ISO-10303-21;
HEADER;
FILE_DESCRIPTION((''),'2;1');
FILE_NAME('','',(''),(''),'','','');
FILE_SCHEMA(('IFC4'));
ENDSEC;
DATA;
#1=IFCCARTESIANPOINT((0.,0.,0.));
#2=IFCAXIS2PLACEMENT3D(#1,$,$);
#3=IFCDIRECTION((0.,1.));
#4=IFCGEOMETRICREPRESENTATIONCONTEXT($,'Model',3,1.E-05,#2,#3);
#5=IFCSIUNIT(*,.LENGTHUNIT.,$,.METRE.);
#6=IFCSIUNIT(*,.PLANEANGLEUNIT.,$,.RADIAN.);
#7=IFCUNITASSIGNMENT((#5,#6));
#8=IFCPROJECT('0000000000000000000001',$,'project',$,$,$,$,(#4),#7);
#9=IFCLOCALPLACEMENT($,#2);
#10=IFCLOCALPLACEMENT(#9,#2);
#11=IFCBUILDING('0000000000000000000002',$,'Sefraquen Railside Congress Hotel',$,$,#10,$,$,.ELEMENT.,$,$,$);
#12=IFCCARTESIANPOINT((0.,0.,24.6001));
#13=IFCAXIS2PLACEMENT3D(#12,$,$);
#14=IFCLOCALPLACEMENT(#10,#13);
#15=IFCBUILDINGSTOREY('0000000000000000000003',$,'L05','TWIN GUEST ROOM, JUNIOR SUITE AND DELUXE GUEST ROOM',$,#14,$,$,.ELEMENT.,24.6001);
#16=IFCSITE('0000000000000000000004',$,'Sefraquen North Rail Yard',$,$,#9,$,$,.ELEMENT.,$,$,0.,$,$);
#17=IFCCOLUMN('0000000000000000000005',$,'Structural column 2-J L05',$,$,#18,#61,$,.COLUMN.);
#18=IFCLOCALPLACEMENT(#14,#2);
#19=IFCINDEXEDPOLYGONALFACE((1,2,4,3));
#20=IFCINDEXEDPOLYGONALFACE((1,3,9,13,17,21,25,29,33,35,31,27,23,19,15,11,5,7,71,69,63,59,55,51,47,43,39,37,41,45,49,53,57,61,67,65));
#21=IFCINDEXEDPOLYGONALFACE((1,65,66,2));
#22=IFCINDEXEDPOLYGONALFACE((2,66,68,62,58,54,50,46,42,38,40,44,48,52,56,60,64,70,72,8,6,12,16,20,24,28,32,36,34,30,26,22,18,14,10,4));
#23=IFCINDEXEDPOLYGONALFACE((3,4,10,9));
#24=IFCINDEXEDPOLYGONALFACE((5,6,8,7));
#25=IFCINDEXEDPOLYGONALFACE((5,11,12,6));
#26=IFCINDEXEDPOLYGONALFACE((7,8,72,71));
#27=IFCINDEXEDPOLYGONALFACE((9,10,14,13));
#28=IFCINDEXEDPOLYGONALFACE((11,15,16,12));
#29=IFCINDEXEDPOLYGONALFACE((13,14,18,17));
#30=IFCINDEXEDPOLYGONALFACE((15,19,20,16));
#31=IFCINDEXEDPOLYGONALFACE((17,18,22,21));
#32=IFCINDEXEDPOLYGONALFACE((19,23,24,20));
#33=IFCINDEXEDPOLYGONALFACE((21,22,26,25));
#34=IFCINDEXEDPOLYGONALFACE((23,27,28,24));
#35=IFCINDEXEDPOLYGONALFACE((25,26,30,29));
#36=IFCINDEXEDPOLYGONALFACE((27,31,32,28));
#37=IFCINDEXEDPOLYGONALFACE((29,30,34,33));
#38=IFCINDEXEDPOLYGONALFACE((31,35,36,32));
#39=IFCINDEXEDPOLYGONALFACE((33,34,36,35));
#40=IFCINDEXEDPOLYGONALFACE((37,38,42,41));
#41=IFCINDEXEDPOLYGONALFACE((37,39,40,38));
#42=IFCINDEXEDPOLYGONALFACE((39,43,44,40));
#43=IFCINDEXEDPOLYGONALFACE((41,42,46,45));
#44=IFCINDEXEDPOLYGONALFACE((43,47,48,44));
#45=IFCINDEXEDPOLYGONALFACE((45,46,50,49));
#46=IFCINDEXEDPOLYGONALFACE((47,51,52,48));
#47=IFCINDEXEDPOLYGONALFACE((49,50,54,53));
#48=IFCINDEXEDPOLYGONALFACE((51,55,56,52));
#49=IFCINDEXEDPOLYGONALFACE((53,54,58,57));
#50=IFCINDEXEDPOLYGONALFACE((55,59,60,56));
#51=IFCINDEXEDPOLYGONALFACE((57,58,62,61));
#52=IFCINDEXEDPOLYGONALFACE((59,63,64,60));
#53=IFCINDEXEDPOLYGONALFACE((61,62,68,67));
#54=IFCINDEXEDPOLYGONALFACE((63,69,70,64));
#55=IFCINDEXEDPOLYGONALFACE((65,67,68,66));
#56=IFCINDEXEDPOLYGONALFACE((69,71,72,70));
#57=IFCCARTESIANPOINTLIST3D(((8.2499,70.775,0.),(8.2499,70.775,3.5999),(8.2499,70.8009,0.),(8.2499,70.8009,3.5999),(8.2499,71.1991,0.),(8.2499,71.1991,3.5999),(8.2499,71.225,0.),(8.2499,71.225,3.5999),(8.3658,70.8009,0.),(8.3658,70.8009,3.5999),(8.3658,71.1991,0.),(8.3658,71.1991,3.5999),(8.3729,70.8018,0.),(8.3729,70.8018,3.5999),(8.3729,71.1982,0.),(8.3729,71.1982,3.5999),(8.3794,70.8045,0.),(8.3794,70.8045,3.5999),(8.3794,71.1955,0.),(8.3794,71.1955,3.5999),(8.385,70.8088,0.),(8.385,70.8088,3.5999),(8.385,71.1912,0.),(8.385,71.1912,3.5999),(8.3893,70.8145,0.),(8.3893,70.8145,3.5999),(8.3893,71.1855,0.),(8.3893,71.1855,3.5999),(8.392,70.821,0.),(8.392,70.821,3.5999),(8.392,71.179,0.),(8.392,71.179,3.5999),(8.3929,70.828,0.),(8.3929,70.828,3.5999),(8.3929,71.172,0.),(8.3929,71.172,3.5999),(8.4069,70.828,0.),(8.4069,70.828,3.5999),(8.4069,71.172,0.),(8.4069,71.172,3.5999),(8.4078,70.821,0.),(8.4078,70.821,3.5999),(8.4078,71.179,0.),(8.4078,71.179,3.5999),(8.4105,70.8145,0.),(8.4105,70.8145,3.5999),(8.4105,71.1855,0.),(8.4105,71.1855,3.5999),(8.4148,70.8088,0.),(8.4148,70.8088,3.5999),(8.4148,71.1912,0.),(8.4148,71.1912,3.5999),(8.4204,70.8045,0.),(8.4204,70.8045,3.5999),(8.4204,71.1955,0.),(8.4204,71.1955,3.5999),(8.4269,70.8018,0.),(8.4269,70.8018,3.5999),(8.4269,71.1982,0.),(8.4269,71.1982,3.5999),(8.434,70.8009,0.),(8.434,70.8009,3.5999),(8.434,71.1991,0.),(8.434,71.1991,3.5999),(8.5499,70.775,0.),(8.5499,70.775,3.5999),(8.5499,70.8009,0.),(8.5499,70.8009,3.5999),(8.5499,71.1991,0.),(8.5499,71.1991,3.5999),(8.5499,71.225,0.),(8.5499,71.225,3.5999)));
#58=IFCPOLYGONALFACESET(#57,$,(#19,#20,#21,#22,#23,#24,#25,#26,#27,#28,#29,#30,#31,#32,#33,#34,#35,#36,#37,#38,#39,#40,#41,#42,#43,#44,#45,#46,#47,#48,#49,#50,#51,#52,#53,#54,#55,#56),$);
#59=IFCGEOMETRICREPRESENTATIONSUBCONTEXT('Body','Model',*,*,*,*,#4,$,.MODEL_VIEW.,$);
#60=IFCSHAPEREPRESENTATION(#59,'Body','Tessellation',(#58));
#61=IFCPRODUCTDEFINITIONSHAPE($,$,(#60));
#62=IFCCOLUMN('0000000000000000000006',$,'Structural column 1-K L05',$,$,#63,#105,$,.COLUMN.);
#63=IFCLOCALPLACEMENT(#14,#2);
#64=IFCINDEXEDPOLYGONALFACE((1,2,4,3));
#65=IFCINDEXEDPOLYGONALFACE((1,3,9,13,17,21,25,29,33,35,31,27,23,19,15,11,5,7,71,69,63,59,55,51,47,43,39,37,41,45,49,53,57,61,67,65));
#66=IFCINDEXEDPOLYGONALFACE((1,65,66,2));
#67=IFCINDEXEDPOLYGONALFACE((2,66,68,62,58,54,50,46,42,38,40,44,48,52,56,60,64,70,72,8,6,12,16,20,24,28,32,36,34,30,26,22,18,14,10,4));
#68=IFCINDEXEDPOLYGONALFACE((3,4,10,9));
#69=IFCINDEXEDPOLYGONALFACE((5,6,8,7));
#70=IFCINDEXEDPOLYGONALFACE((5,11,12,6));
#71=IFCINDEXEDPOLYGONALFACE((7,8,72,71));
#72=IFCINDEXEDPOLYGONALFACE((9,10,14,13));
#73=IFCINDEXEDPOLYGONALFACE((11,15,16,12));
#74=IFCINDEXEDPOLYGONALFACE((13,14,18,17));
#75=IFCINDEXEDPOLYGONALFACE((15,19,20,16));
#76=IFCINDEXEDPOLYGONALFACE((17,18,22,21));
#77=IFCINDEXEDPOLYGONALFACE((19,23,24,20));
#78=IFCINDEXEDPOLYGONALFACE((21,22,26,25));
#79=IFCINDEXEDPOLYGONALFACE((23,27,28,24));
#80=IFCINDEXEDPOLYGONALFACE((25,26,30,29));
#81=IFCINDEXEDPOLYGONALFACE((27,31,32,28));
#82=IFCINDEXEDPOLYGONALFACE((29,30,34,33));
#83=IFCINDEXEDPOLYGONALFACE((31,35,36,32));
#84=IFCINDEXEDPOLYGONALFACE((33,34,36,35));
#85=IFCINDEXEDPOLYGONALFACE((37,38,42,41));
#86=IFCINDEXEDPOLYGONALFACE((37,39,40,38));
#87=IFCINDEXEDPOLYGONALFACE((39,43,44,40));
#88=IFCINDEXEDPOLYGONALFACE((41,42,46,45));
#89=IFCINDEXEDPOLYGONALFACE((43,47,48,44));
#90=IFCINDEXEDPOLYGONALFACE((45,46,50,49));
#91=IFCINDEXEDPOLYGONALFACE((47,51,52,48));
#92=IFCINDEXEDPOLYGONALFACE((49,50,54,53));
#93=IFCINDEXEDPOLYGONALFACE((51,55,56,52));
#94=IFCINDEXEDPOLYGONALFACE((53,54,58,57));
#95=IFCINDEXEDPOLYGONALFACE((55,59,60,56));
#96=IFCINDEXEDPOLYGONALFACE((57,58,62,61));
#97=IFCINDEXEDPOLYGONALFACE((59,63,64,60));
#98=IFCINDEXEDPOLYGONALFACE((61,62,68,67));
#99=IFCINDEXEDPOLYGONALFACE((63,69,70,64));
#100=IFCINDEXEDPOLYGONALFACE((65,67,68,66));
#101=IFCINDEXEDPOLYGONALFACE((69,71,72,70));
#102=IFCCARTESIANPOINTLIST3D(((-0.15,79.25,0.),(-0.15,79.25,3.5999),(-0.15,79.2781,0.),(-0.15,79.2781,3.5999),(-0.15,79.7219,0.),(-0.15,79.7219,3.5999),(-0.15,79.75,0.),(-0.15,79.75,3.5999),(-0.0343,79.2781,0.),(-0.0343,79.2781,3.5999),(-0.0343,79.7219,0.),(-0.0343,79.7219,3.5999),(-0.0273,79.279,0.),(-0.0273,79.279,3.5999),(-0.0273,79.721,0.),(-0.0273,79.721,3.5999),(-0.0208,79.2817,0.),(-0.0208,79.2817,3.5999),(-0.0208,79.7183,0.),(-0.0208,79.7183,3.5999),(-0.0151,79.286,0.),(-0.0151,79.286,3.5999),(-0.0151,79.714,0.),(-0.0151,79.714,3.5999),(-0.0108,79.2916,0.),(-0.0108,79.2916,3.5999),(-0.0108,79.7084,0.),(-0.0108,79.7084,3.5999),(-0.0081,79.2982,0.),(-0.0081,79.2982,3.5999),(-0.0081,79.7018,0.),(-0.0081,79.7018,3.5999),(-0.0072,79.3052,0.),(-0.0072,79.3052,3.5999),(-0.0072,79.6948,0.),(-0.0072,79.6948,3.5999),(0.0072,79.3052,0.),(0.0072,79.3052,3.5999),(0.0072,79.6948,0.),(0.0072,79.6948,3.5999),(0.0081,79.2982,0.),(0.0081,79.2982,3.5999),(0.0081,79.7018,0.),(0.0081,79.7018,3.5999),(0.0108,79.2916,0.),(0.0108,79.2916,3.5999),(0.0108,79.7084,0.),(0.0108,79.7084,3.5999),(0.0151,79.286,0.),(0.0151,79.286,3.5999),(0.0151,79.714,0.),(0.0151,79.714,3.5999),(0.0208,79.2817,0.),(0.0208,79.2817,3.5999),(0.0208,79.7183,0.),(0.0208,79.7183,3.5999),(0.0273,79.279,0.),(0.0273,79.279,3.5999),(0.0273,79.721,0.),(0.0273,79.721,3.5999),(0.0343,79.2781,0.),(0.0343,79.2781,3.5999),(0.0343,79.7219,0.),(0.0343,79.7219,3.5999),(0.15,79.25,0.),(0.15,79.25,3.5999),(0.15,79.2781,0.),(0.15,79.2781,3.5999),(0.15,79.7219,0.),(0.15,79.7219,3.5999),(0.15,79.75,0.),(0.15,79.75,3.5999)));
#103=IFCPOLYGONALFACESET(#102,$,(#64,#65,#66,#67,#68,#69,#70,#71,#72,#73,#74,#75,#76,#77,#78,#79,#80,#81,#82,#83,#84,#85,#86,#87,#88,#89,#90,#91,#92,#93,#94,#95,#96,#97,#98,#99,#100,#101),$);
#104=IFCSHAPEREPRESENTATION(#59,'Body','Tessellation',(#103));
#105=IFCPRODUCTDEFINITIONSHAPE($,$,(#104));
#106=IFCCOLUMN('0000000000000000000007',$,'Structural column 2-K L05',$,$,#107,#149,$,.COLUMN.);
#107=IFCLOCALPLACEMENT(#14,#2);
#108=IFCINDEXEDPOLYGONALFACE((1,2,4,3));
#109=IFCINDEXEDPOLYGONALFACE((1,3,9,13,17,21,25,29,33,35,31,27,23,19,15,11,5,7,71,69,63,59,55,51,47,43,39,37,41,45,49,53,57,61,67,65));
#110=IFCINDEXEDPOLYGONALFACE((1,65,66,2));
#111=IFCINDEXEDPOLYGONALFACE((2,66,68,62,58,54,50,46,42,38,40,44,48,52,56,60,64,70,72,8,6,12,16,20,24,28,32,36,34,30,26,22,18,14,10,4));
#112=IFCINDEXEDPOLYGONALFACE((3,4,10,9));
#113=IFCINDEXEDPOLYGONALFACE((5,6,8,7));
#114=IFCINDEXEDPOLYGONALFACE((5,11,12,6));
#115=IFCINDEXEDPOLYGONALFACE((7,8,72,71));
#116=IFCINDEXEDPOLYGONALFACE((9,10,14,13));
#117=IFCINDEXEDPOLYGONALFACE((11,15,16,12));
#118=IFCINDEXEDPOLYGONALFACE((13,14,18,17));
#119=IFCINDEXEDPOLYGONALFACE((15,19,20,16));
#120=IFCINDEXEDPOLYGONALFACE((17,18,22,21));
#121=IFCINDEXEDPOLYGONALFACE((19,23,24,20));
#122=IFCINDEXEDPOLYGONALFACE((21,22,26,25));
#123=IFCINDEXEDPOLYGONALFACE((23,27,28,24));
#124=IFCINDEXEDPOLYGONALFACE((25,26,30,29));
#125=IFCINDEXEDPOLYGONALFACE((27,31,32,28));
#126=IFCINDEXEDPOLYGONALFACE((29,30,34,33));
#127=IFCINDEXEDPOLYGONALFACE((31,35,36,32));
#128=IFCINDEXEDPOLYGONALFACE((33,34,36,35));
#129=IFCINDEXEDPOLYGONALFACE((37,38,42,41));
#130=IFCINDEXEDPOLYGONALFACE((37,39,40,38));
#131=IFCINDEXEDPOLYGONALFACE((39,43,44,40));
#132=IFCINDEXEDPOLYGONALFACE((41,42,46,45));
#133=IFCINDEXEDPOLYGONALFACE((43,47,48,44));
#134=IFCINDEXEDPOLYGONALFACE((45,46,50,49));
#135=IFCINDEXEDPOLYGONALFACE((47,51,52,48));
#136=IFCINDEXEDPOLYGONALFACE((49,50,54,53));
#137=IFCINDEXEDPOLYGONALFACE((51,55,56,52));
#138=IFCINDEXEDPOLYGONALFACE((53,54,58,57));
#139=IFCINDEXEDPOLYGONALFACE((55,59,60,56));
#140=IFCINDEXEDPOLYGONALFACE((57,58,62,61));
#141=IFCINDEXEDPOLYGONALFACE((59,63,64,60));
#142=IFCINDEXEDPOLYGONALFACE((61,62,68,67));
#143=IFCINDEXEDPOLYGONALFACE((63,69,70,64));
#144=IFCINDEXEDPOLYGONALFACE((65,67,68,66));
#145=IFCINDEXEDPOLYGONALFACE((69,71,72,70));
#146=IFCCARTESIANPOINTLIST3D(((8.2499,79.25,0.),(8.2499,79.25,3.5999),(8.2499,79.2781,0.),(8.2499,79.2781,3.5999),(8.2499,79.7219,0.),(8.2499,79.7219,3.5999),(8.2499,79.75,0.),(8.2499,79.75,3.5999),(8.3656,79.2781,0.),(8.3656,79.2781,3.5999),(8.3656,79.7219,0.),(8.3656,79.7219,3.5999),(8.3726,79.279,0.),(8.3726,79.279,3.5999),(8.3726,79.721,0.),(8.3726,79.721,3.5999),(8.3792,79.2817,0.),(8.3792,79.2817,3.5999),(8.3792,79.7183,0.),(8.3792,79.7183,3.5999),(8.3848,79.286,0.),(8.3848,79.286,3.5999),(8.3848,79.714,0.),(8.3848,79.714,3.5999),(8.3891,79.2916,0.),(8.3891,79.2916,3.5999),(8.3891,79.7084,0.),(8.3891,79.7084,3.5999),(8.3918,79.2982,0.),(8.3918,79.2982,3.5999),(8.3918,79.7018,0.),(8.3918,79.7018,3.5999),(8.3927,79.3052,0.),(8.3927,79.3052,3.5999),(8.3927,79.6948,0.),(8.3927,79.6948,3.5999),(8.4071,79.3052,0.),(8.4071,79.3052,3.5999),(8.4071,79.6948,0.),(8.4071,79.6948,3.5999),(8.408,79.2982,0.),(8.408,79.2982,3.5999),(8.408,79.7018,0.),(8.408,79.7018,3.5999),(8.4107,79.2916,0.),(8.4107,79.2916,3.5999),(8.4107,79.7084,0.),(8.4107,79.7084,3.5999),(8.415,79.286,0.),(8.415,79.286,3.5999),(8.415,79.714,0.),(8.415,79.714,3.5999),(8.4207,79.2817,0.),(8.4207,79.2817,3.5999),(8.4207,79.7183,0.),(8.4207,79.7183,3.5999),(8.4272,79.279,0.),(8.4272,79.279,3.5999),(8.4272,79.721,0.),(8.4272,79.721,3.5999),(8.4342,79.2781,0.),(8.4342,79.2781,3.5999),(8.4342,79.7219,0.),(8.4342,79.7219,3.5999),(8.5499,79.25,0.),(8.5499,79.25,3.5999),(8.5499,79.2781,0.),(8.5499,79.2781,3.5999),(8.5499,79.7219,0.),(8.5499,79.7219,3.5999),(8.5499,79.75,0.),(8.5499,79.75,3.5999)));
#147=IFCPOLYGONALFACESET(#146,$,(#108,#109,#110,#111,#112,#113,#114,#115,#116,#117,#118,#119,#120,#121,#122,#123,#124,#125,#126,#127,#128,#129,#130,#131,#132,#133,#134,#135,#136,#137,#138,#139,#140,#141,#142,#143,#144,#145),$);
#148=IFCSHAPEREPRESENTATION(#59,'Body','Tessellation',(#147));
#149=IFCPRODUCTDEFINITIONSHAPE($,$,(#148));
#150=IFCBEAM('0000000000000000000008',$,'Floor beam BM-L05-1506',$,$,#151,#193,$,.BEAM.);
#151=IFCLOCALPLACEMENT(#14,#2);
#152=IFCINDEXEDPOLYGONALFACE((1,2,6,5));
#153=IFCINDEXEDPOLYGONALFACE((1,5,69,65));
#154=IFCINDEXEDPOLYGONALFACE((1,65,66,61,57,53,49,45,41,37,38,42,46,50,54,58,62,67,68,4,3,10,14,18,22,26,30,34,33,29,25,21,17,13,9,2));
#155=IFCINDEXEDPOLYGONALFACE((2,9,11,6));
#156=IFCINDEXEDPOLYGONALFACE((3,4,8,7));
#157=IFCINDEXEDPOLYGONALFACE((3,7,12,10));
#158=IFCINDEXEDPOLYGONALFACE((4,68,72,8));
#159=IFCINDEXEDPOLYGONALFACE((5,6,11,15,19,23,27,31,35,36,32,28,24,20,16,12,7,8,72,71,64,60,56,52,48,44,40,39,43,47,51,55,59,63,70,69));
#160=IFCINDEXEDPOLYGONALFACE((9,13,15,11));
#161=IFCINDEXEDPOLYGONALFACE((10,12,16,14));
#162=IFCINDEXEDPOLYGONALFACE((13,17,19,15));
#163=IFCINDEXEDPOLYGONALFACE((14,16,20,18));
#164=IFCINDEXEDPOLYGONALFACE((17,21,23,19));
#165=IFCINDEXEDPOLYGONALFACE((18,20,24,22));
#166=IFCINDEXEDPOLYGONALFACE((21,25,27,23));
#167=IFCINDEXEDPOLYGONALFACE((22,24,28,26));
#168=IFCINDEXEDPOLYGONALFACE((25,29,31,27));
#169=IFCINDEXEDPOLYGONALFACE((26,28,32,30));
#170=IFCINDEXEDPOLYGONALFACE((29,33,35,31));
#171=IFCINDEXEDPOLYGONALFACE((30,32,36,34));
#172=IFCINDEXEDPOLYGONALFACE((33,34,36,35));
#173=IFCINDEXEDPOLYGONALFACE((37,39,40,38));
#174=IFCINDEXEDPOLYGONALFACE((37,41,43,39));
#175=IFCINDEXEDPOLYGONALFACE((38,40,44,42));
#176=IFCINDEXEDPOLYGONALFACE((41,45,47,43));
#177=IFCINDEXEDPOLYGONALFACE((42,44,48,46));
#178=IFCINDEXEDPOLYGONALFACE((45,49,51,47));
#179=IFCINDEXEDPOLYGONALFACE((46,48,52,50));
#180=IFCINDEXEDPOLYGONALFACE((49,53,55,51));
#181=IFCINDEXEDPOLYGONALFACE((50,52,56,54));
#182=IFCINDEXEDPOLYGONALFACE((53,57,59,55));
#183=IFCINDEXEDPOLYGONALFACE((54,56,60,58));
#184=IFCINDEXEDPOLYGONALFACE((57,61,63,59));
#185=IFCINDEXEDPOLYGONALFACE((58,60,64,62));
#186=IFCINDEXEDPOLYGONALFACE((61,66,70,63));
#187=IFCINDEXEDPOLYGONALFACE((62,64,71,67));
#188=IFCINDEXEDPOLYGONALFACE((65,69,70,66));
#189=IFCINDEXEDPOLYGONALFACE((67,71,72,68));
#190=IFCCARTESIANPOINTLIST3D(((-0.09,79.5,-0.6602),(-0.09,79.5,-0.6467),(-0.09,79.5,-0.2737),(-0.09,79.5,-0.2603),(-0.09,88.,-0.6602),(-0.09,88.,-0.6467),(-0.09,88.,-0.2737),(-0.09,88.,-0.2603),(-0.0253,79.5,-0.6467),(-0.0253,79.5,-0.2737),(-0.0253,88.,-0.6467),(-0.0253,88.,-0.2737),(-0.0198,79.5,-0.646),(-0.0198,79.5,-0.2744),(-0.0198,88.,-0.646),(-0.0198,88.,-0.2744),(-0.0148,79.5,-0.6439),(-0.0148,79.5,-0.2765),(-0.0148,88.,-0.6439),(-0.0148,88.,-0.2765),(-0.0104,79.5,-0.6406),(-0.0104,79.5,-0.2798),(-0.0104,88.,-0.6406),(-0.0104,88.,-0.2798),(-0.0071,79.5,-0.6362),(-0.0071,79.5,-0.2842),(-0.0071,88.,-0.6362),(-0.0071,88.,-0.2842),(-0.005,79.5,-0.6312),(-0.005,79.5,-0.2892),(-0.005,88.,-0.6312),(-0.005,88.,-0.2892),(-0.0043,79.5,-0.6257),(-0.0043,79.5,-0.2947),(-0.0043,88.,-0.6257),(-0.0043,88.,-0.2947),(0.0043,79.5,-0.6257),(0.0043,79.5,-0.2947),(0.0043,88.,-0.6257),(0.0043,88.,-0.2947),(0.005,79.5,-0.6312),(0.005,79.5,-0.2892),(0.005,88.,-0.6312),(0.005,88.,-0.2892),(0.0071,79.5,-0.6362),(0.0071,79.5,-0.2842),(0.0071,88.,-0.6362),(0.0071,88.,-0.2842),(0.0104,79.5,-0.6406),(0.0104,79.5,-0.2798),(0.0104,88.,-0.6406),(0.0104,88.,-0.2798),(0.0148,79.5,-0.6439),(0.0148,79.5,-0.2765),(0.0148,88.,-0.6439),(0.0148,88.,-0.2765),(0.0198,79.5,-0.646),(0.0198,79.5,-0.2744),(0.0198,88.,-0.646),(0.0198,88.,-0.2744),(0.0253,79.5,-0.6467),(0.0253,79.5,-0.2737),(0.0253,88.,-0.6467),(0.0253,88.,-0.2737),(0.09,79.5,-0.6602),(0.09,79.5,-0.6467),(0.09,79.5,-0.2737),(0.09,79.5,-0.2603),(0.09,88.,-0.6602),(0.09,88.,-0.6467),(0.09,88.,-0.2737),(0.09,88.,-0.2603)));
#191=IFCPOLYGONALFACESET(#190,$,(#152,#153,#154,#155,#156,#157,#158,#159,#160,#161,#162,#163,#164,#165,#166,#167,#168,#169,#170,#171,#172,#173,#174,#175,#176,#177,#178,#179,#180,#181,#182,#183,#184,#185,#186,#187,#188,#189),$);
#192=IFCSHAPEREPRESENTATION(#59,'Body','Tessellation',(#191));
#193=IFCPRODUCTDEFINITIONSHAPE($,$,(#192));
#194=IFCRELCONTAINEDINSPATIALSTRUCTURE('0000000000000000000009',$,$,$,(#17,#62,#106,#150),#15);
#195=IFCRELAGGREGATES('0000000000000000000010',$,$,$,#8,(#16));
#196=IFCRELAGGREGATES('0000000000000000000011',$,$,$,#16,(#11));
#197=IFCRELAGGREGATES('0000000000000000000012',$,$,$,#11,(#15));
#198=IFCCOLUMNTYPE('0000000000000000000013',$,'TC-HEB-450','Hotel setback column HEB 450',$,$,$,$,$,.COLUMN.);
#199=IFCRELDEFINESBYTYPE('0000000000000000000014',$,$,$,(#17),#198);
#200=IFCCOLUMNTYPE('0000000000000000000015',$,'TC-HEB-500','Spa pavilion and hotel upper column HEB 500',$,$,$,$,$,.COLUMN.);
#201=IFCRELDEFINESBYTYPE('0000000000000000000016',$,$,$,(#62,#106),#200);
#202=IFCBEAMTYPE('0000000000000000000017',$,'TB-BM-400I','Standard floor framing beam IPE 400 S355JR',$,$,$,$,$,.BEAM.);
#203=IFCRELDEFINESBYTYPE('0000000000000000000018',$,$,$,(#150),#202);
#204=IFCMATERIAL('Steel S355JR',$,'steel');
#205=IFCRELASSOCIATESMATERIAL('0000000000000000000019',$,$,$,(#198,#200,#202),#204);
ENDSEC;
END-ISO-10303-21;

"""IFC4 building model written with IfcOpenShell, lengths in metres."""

from ifc_helpers import new_model, si_unit, direction, frame, origin, origin_2d, place, context, subcontext, project, spatial, i_section, extrude, material, material_profile, profile_set, type_object, element, save


model = new_model("IFC4")

# Units and contexts
model_context = context("Model", 3, precision=1e-05, world=origin(), true_north=direction((0.0, 1.0)))
body_context = subcontext(model_context, "Body", "Model", "MODEL_VIEW")
ifc_project = project(units=[si_unit("LENGTHUNIT", "METRE"), si_unit("PLANEANGLEUNIT", "RADIAN")], contexts=[model_context])

# Site, building, storey
site_placement = place(None, origin())
site = spatial("IfcSite", under=ifc_project, at=site_placement, Name="Sefraquen North Rail Yard", CompositionType="ELEMENT", RefElevation=0.0)
building_placement = place(site_placement, origin())
building = spatial("IfcBuilding", under=site, at=building_placement, Name="Sefraquen Railside Congress Hotel", CompositionType="ELEMENT")
storey_placement = place(building_placement, frame((0.0, 0.0, 24.6001)))
storey = spatial("IfcBuildingStorey", under=building, at=storey_placement, Name="L05", Description="TWIN GUEST ROOM, JUNIOR SUITE AND DELUXE GUEST ROOM", CompositionType="ELEMENT", Elevation=24.6001)

# Columns
ifc_material_1 = material(Name="Steel S355JR", Category="steel")
ifc_material_profile_1 = material_profile(ifc_material_1, i_section(OverallWidth=0.3, OverallDepth=0.45, WebThickness=0.0139, FlangeThickness=0.0259, FilletRadius=0.0271, at=origin_2d()), Name="HEB 450")
ifc_profile_set_1 = profile_set([ifc_material_profile_1], Name="Steel S355JR")
column_type_1 = type_object("IfcColumnType", Name="TC-HEB-450", Description="Hotel setback column HEB 450", PredefinedType="COLUMN", material=ifc_profile_set_1)
column_placement = place(storey_placement, frame((8.3999, 71.0, 0.0), z_axis=(0.0, 0.0, 1.0), x_axis=(1.0, 0.0, 0.0)))
element("IfcColumn", 1, at=column_placement, inside=storey, type_object=column_type_1, Name="Structural column 2-J L05", PredefinedType="COLUMN", context=body_context, shape_type="SweptSolid", body=[
    extrude(i_section(OverallWidth=0.3, OverallDepth=0.45, WebThickness=0.0139, FlangeThickness=0.0259, FilletRadius=0.0271, at=origin_2d()), origin(), (0.0, 0.0, 1.0), 3.5999),
])
ifc_material_profile_2 = material_profile(ifc_material_1, i_section(OverallWidth=0.3, OverallDepth=0.5, WebThickness=0.0144, FlangeThickness=0.0281, FilletRadius=0.0271, at=origin_2d()), Name="HEB 500")
ifc_profile_set_2 = profile_set([ifc_material_profile_2], Name="Steel S355JR")
column_type_2 = type_object("IfcColumnType", Name="TC-HEB-500", Description="Spa pavilion and hotel upper column HEB 500", PredefinedType="COLUMN", material=ifc_profile_set_2)
for number, where, z_axis, x_axis, name in (
    (2, (0.0, 79.5, 0.0), (0.0, 0.0, 1.0), (1.0, 0.0, 0.0), "Structural column 1-K L05"),
    (3, (8.3999, 79.5, 0.0), (0.0, 0.0, 1.0), (1.0, 0.0, 0.0), "Structural column 2-K L05"),
):
    element("IfcColumn", number, at=place(storey_placement, frame(where, z_axis=z_axis, x_axis=x_axis)), inside=storey, type_object=column_type_2, Name=name, PredefinedType="COLUMN", context=body_context, shape_type="SweptSolid", body=[
        extrude(i_section(OverallWidth=0.3, OverallDepth=0.5, WebThickness=0.0144, FlangeThickness=0.0281, FilletRadius=0.0271, at=origin_2d()), origin(), (0.0, 0.0, 1.0), 3.5999),
    ])

# Beam
ifc_material_profile_3 = material_profile(ifc_material_1, i_section(OverallWidth=0.1799, OverallDepth=0.3999, WebThickness=0.0085, FlangeThickness=0.0134, FilletRadius=0.021, at=origin_2d()), Name="IPE 400")
ifc_profile_set_3 = profile_set([ifc_material_profile_3], Name="Steel S355JR")
beam_type_1 = type_object("IfcBeamType", Name="TB-BM-400I", Description="Standard floor framing beam IPE 400 S355JR", PredefinedType="BEAM", material=ifc_profile_set_3)
for number, where, z_axis, x_axis, name in (
    (4, (0.0, 79.5, -0.4602), (0.0, 1.0, 0.0), (-1.0, 0.0, 0.0), "Floor beam BM-L05-1506"),
):
    element("IfcBeam", number, at=place(storey_placement, frame(where, z_axis=z_axis, x_axis=x_axis)), inside=storey, type_object=beam_type_1, Name=name, PredefinedType="BEAM", context=body_context, shape_type="SweptSolid", body=[
        extrude(i_section(OverallWidth=0.1799, OverallDepth=0.3999, WebThickness=0.0085, FlangeThickness=0.0134, FilletRadius=0.021, at=origin_2d()), origin(), (0.0, 0.0, 1.0), 8.5),
    ])

save(model, "model.ifc")
